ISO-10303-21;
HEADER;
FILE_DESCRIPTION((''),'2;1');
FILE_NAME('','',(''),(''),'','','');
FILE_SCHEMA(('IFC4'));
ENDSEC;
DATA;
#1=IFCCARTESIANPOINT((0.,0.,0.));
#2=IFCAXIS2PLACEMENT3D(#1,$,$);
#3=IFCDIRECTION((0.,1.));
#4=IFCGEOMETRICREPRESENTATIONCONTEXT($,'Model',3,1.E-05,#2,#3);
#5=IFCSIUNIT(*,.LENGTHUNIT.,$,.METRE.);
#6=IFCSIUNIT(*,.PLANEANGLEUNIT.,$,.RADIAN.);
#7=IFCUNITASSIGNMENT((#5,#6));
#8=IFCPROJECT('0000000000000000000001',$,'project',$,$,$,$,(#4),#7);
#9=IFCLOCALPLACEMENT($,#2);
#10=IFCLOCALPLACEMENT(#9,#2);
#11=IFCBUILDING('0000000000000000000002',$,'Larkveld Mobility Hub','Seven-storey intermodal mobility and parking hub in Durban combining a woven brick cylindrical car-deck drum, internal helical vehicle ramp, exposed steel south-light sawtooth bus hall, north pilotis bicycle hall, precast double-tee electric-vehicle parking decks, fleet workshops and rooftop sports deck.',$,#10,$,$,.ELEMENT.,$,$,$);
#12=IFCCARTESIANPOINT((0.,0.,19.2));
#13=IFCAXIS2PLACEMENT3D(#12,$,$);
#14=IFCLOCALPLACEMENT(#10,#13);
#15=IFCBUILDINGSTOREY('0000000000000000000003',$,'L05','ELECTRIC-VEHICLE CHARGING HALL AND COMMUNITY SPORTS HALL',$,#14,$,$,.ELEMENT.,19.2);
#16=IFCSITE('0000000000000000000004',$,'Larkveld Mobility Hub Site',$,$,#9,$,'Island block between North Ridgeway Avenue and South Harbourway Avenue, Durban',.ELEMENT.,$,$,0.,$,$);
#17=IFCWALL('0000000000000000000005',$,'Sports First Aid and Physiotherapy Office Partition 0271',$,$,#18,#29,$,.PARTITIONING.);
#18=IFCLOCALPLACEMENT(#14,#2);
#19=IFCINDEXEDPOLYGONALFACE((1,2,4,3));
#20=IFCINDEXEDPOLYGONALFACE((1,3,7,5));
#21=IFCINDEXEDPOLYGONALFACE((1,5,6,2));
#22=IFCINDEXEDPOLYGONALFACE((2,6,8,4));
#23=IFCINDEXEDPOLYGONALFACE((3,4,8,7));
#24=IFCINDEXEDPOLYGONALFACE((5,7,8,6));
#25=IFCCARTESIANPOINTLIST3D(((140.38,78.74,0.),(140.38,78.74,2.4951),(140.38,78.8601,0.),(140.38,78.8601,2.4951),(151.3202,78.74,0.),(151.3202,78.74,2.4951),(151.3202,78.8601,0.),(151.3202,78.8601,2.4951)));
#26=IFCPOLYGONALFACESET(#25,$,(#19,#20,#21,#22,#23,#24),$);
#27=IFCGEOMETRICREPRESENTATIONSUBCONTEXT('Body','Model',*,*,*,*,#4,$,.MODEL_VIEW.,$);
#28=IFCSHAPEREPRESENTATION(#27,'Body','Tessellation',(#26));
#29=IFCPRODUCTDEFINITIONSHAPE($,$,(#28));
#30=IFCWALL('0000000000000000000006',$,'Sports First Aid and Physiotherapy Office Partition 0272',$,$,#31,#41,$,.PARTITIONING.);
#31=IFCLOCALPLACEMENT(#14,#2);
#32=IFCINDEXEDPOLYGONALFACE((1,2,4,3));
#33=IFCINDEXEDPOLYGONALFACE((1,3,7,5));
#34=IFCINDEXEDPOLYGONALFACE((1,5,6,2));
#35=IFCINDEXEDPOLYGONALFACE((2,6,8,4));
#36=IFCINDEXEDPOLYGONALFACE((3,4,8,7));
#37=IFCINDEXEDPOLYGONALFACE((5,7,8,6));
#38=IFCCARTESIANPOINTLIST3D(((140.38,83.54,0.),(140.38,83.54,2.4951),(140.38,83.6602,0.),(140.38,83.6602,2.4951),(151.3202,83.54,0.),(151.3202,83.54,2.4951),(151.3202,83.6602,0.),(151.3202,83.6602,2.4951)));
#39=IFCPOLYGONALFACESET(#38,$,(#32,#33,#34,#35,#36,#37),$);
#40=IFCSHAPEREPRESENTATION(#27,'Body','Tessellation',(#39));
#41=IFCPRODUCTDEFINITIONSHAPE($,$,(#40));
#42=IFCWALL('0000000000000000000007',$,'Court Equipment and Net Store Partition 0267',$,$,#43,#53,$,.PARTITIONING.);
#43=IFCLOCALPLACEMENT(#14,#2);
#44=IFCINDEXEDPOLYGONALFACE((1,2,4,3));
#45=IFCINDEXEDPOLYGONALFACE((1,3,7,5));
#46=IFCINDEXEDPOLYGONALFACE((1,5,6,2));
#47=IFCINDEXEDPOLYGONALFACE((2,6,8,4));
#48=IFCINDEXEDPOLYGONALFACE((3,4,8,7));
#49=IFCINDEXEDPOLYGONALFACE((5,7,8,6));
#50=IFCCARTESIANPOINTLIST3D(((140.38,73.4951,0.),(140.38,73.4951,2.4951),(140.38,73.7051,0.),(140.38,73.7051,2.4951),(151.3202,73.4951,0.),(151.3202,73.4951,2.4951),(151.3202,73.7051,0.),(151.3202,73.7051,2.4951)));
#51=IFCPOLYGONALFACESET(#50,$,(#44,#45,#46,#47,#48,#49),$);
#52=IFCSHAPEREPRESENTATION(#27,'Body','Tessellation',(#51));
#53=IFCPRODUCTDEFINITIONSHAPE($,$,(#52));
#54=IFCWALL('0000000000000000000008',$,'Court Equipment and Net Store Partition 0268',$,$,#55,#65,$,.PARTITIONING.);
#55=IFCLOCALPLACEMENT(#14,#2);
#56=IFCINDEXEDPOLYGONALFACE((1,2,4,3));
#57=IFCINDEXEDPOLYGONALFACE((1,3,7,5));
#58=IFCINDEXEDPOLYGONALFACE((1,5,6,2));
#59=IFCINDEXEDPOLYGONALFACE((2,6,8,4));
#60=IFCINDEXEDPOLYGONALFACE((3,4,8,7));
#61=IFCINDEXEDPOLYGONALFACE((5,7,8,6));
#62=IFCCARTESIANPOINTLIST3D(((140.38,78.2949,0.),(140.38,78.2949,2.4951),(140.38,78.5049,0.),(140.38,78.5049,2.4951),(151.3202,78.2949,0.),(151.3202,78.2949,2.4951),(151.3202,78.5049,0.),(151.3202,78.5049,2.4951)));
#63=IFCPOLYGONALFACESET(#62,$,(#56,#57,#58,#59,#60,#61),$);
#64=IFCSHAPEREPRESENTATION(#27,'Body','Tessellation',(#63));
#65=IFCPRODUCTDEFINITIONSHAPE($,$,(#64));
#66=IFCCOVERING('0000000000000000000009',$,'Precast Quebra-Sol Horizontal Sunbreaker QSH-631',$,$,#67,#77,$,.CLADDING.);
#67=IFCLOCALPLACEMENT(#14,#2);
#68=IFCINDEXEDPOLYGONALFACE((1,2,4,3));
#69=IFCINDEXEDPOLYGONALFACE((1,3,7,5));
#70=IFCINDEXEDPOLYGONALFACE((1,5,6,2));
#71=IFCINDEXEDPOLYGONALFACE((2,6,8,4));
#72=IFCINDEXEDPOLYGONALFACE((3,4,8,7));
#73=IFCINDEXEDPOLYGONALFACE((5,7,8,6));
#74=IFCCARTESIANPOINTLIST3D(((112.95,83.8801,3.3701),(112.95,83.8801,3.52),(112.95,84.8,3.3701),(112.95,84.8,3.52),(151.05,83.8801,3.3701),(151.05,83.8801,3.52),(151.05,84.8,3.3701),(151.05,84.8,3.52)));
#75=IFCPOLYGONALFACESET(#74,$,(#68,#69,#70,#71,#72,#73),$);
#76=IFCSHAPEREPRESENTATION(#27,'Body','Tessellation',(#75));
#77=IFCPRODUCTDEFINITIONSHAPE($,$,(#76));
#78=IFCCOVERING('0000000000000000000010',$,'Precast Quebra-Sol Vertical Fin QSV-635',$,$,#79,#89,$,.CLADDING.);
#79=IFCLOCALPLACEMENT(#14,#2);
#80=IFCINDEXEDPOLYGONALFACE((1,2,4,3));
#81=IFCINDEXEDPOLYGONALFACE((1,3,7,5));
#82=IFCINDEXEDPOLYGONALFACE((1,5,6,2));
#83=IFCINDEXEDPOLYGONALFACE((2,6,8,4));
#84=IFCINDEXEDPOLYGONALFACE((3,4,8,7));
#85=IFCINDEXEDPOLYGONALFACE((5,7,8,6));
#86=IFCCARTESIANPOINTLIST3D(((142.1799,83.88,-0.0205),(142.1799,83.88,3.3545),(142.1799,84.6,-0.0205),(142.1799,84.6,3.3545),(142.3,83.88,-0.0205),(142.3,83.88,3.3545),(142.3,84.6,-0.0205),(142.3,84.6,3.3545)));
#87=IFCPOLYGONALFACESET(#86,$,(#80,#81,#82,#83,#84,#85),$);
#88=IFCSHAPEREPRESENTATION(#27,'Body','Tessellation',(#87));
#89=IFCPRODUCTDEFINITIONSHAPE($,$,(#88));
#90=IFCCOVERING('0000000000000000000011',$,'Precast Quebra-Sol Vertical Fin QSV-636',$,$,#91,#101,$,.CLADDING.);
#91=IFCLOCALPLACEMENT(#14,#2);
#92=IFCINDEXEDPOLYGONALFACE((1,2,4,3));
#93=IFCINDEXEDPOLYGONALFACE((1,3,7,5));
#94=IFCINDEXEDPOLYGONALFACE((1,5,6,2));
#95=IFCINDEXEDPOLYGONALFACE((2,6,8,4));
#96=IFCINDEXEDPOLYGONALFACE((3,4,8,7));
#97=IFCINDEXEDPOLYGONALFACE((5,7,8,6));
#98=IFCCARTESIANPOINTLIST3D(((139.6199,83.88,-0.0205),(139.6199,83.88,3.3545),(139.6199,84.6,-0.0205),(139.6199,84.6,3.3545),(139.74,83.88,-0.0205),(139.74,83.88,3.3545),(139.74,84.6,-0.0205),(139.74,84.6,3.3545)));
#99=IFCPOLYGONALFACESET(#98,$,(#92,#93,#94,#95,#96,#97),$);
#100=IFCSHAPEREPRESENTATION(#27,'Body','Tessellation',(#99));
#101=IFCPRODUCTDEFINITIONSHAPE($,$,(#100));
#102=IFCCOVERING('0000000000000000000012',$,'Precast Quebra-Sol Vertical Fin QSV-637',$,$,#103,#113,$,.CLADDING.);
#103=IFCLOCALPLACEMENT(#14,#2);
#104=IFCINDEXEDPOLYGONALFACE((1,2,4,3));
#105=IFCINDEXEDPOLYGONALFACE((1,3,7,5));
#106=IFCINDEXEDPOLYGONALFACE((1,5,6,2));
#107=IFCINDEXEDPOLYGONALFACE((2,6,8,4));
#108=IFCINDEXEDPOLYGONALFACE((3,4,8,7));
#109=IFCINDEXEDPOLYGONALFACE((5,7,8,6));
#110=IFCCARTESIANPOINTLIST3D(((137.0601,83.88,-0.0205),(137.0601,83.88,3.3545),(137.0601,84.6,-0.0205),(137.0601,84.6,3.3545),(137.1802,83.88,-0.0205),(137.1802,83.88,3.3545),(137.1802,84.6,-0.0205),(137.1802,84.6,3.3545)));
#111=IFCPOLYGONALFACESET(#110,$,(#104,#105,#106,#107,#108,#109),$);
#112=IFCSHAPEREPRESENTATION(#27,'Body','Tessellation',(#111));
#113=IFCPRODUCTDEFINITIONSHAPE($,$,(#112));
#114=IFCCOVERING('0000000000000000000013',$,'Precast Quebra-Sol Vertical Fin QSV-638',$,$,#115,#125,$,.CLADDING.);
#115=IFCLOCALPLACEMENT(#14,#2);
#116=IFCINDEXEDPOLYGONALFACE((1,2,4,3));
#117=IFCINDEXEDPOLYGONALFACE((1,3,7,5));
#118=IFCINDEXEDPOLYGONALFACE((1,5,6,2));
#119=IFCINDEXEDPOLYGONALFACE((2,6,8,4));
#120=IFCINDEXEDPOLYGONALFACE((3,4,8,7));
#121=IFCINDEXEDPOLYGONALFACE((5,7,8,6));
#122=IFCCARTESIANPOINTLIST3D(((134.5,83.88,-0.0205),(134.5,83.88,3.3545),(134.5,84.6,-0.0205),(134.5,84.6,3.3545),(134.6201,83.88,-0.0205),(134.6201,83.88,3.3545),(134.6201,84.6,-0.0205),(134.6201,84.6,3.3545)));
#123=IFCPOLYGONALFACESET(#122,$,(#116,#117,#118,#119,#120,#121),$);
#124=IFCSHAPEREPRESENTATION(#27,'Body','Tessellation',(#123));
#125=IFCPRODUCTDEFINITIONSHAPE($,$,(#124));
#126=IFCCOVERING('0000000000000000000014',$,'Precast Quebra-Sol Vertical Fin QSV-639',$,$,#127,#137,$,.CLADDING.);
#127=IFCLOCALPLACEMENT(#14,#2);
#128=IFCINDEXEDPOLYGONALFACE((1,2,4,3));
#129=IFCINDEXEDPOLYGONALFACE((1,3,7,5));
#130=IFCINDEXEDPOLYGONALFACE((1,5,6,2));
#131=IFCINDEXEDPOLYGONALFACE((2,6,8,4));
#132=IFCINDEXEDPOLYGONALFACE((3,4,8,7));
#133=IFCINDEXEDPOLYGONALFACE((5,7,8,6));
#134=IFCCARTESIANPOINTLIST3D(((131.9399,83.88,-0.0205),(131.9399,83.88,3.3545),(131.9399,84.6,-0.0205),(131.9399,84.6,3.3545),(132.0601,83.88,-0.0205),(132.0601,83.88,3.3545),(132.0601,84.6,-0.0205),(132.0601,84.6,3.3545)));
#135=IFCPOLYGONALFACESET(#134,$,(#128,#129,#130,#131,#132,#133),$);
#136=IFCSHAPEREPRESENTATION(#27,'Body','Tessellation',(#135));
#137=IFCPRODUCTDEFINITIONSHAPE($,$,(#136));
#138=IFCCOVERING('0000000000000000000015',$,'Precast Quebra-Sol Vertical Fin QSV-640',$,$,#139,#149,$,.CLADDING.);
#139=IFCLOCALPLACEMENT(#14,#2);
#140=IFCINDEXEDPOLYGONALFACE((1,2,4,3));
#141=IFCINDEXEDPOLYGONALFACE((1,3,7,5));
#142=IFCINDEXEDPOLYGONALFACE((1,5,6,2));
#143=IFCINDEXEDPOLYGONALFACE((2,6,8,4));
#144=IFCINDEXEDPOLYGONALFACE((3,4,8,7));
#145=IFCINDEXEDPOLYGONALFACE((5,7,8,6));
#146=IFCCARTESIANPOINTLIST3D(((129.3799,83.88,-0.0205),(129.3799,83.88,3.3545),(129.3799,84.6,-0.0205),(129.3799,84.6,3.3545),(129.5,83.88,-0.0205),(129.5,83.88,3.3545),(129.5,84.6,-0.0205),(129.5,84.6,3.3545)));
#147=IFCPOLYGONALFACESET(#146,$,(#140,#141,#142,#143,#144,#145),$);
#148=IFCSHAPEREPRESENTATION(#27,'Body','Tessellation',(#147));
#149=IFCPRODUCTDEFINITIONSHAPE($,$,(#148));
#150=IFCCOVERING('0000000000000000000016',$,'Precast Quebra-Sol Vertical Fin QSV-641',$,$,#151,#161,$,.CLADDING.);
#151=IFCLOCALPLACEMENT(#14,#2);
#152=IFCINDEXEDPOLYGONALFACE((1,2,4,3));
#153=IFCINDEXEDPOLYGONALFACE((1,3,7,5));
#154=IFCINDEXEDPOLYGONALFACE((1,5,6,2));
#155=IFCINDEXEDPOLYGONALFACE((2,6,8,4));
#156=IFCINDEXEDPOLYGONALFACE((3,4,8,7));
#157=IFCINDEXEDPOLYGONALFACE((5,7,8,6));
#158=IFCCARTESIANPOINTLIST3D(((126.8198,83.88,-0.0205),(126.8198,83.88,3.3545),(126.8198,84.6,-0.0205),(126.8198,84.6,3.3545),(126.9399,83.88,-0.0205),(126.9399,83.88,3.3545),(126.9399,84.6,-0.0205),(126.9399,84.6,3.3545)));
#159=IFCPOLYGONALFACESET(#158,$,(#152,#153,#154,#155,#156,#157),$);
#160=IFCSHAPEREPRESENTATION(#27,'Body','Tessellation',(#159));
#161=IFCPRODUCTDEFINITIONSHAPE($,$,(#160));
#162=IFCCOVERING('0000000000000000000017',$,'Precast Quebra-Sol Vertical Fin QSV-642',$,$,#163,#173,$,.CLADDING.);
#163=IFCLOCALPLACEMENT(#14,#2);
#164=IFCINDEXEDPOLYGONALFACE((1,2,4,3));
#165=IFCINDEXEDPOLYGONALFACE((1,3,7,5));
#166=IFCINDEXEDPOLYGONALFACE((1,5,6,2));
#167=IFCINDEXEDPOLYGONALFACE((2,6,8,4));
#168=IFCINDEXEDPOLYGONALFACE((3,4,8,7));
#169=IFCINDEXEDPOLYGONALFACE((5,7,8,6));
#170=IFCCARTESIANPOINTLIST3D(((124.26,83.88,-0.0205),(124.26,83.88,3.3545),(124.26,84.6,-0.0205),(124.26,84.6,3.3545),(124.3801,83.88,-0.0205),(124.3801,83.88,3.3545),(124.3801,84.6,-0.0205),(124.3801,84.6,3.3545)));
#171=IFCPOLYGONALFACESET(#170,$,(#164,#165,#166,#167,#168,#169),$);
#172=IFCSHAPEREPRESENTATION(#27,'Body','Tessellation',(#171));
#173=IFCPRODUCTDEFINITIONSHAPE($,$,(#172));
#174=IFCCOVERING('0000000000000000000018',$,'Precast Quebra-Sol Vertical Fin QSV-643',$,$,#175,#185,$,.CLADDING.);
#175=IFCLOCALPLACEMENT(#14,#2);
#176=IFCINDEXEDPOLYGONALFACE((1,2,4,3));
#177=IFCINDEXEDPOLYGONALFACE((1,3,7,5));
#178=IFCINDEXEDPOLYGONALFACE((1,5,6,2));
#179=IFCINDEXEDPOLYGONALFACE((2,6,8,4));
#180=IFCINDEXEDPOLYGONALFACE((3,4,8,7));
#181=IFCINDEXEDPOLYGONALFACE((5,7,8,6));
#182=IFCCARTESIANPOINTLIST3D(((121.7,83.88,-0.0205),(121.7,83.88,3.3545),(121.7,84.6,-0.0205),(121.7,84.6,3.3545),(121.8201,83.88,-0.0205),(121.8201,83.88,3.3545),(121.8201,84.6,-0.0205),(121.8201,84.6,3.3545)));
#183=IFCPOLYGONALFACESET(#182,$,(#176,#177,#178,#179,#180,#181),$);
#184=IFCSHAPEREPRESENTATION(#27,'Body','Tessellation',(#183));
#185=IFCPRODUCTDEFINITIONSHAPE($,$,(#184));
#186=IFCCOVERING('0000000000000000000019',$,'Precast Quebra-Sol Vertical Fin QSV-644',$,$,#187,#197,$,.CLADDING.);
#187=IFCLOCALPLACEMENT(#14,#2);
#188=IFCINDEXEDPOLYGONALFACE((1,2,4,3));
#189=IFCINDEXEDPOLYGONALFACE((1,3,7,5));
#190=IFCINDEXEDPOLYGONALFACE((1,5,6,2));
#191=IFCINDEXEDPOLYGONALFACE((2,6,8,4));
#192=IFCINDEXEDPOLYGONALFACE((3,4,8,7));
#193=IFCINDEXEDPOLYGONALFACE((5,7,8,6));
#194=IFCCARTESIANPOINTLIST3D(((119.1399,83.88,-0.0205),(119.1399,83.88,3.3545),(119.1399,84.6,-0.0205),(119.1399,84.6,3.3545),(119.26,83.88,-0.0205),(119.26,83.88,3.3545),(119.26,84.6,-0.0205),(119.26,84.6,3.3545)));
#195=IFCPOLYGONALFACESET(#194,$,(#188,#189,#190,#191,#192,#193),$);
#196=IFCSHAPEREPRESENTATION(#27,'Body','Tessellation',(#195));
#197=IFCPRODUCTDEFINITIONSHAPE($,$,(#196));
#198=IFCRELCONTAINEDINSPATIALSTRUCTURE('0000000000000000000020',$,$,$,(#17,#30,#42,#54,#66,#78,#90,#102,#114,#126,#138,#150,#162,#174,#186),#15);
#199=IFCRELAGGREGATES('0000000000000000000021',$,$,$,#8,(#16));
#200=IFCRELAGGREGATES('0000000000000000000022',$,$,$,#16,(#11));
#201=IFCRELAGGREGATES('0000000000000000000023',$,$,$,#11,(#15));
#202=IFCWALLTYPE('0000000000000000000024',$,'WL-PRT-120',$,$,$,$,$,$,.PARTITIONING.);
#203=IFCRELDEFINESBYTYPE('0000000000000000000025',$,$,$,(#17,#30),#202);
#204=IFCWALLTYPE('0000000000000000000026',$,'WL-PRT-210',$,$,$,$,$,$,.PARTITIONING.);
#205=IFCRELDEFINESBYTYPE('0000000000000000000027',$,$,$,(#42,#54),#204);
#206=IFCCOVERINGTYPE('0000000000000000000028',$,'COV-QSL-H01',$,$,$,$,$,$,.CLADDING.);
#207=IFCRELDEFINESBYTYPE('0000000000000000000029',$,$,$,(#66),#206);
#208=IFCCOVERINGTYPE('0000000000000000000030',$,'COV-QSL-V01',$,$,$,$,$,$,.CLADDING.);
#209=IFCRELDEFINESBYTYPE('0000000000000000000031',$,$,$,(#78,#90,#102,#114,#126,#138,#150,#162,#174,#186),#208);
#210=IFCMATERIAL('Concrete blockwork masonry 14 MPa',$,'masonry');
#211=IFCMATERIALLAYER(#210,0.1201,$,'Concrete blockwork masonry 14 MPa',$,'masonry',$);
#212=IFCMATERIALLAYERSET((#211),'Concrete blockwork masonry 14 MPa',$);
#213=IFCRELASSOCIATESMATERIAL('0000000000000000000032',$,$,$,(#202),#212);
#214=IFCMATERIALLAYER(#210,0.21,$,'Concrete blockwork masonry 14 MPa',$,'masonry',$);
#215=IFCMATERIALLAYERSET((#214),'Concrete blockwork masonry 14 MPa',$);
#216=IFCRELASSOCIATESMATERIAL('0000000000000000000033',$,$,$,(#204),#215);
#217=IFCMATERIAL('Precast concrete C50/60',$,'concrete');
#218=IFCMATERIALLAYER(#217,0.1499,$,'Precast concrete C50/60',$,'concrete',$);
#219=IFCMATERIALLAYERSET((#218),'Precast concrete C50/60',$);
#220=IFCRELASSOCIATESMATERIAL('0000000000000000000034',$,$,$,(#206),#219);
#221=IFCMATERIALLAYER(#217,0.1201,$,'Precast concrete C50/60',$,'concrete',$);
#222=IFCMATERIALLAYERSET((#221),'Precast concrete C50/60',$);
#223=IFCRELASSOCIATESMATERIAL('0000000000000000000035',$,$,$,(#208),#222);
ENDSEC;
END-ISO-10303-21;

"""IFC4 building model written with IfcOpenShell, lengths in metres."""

from ifc_helpers import new_model, si_unit, direction, frame, frame_2d, origin, origin_2d, place, context, subcontext, project, spatial, rectangle, extrude, material, layer, layer_set, type_object, element, save


model = new_model("IFC4")

# Units and contexts
model_context = context("Model", 3, precision=1e-05, world=origin(), true_north=direction((0.0, 1.0)))
body_context = subcontext(model_context, "Body", "Model", "MODEL_VIEW")
ifc_project = project(units=[si_unit("LENGTHUNIT", "METRE"), si_unit("PLANEANGLEUNIT", "RADIAN")], contexts=[model_context])

# Site, building, storey
site_placement = place(None, origin())
site = spatial("IfcSite", under=ifc_project, at=site_placement, Name="Larkveld Mobility Hub Site", LongName="Island block between North Ridgeway Avenue and South Harbourway Avenue, Durban", CompositionType="ELEMENT", RefElevation=0.0)
building_placement = place(site_placement, origin())
building = spatial("IfcBuilding", under=site, at=building_placement, Name="Larkveld Mobility Hub", Description="Seven-storey intermodal mobility and parking hub in Durban combining a woven brick cylindrical car-deck drum, internal helical vehicle ramp, exposed steel south-light sawtooth bus hall, north pilotis bicycle hall, precast double-tee electric-vehicle parking decks, fleet workshops and rooftop sports deck.", CompositionType="ELEMENT")
storey_placement = place(building_placement, frame((0.0, 0.0, 19.2)))
storey = spatial("IfcBuildingStorey", under=building, at=storey_placement, Name="L05", Description="ELECTRIC-VEHICLE CHARGING HALL AND COMMUNITY SPORTS HALL", CompositionType="ELEMENT", Elevation=19.2)

# Shared definitions
ifc_material_1 = material(Name="Precast concrete C50/60", Category="concrete")

# Shared definitions
ifc_material_2 = material(Name="Concrete blockwork masonry 14 MPa", Category="masonry")

# Walls
ifc_layer_1 = layer(ifc_material_2, 0.1201, Name="Concrete blockwork masonry 14 MPa", Category="masonry")
ifc_layer_set_1 = layer_set([ifc_layer_1], Name="Concrete blockwork masonry 14 MPa")
wall_type_1 = type_object("IfcWallType", Name="WL-PRT-120", PredefinedType="PARTITIONING", material=ifc_layer_set_1)
for number, where, z_axis, x_axis, name in (
    (1, (140.3799, 78.8, 0.0), (0.0, 0.0, 1.0), (1.0, 0.0, 0.0), "Sports First Aid and Physiotherapy Office Partition 0271"),
    (2, (140.3799, 83.6001, 0.0), (0.0, 0.0, 1.0), (1.0, 0.0, 0.0), "Sports First Aid and Physiotherapy Office Partition 0272"),
):
    element("IfcWall", number, at=place(storey_placement, frame(where, z_axis=z_axis, x_axis=x_axis)), inside=storey, type_object=wall_type_1, Name=name, PredefinedType="PARTITIONING", context=body_context, shape_type="SweptSolid", body=[
        extrude(rectangle(XDim=10.9402, YDim=0.1201, at=frame_2d((5.4702, 0.0))), origin(), (0.0, 0.0, 1.0), 2.4951),
    ])

# Walls
ifc_layer_2 = layer(ifc_material_2, 0.21, Name="Concrete blockwork masonry 14 MPa", Category="masonry")
ifc_layer_set_2 = layer_set([ifc_layer_2], Name="Concrete blockwork masonry 14 MPa")
wall_type_2 = type_object("IfcWallType", Name="WL-PRT-210", PredefinedType="PARTITIONING", material=ifc_layer_set_2)
for number, where, z_axis, x_axis, name in (
    (3, (140.3799, 73.6001, 0.0), (0.0, 0.0, 1.0), (1.0, 0.0, 0.0), "Court Equipment and Net Store Partition 0267"),
    (4, (140.3799, 78.3999, 0.0), (0.0, 0.0, 1.0), (1.0, 0.0, 0.0), "Court Equipment and Net Store Partition 0268"),
):
    element("IfcWall", number, at=place(storey_placement, frame(where, z_axis=z_axis, x_axis=x_axis)), inside=storey, type_object=wall_type_2, Name=name, PredefinedType="PARTITIONING", context=body_context, shape_type="SweptSolid", body=[
        extrude(rectangle(XDim=10.9402, YDim=0.21, at=frame_2d((5.4702, 0.0))), origin(), (0.0, 0.0, 1.0), 2.4951),
    ])

# Coverings
ifc_layer_3 = layer(ifc_material_1, 0.1499, Name="Precast concrete C50/60", Category="concrete")
ifc_layer_set_3 = layer_set([ifc_layer_3], Name="Precast concrete C50/60")
covering_type_1 = type_object("IfcCoveringType", Name="COV-QSL-H01", PredefinedType="CLADDING", material=ifc_layer_set_3)
covering_placement = place(storey_placement, frame((132.0, 84.3401, 3.3701), z_axis=(0.0, 0.0, 1.0), x_axis=(-1.0, 0.0, 0.0)))
element("IfcCovering", 5, at=covering_placement, inside=storey, type_object=covering_type_1, Name="Precast Quebra-Sol Horizontal Sunbreaker QSH-631", PredefinedType="CLADDING", context=body_context, shape_type="SweptSolid", body=[
    extrude(rectangle(XDim=38.1001, YDim=0.9199, at=origin_2d()), origin(), (0.0, 0.0, 1.0), 0.1499),
])
ifc_layer_4 = layer(ifc_material_1, 0.1201, Name="Precast concrete C50/60", Category="concrete")
ifc_layer_set_4 = layer_set([ifc_layer_4], Name="Precast concrete C50/60")
covering_type_2 = type_object("IfcCoveringType", Name="COV-QSL-V01", PredefinedType="CLADDING", material=ifc_layer_set_4)
for number, where, z_axis, x_axis, name in (
    (6, (142.24, 84.24, -0.0205), (0.0, 0.0, 1.0), (-1.0, 0.0, 0.0), "Precast Quebra-Sol Vertical Fin QSV-635"),
    (7, (139.6799, 84.24, -0.0205), (0.0, 0.0, 1.0), (-1.0, 0.0, 0.0), "Precast Quebra-Sol Vertical Fin QSV-636"),
    (8, (137.1201, 84.24, -0.0205), (0.0, 0.0, 1.0), (-1.0, 0.0, 0.0), "Precast Quebra-Sol Vertical Fin QSV-637"),
    (9, (134.5601, 84.24, -0.0205), (0.0, 0.0, 1.0), (-1.0, 0.0, 0.0), "Precast Quebra-Sol Vertical Fin QSV-638"),
    (10, (132.0, 84.24, -0.0205), (0.0, 0.0, 1.0), (-1.0, 0.0, 0.0), "Precast Quebra-Sol Vertical Fin QSV-639"),
    (11, (129.4399, 84.24, -0.0205), (0.0, 0.0, 1.0), (-1.0, 0.0, 0.0), "Precast Quebra-Sol Vertical Fin QSV-640"),
    (12, (126.8799, 84.24, -0.0205), (0.0, 0.0, 1.0), (-1.0, 0.0, 0.0), "Precast Quebra-Sol Vertical Fin QSV-641"),
    (13, (124.3201, 84.24, -0.0205), (0.0, 0.0, 1.0), (-1.0, 0.0, 0.0), "Precast Quebra-Sol Vertical Fin QSV-642"),
    (14, (121.76, 84.24, -0.0205), (0.0, 0.0, 1.0), (-1.0, 0.0, 0.0), "Precast Quebra-Sol Vertical Fin QSV-643"),
    (15, (119.2, 84.24, -0.0205), (0.0, 0.0, 1.0), (-1.0, 0.0, 0.0), "Precast Quebra-Sol Vertical Fin QSV-644"),
):
    element("IfcCovering", number, at=place(storey_placement, frame(where, z_axis=z_axis, x_axis=x_axis)), inside=storey, type_object=covering_type_2, Name=name, PredefinedType="CLADDING", context=body_context, shape_type="SweptSolid", body=[
        extrude(rectangle(XDim=0.1201, YDim=0.72, at=origin_2d()), origin(), (0.0, 0.0, 1.0), 3.375),
    ])

save(model, "model.ifc")
